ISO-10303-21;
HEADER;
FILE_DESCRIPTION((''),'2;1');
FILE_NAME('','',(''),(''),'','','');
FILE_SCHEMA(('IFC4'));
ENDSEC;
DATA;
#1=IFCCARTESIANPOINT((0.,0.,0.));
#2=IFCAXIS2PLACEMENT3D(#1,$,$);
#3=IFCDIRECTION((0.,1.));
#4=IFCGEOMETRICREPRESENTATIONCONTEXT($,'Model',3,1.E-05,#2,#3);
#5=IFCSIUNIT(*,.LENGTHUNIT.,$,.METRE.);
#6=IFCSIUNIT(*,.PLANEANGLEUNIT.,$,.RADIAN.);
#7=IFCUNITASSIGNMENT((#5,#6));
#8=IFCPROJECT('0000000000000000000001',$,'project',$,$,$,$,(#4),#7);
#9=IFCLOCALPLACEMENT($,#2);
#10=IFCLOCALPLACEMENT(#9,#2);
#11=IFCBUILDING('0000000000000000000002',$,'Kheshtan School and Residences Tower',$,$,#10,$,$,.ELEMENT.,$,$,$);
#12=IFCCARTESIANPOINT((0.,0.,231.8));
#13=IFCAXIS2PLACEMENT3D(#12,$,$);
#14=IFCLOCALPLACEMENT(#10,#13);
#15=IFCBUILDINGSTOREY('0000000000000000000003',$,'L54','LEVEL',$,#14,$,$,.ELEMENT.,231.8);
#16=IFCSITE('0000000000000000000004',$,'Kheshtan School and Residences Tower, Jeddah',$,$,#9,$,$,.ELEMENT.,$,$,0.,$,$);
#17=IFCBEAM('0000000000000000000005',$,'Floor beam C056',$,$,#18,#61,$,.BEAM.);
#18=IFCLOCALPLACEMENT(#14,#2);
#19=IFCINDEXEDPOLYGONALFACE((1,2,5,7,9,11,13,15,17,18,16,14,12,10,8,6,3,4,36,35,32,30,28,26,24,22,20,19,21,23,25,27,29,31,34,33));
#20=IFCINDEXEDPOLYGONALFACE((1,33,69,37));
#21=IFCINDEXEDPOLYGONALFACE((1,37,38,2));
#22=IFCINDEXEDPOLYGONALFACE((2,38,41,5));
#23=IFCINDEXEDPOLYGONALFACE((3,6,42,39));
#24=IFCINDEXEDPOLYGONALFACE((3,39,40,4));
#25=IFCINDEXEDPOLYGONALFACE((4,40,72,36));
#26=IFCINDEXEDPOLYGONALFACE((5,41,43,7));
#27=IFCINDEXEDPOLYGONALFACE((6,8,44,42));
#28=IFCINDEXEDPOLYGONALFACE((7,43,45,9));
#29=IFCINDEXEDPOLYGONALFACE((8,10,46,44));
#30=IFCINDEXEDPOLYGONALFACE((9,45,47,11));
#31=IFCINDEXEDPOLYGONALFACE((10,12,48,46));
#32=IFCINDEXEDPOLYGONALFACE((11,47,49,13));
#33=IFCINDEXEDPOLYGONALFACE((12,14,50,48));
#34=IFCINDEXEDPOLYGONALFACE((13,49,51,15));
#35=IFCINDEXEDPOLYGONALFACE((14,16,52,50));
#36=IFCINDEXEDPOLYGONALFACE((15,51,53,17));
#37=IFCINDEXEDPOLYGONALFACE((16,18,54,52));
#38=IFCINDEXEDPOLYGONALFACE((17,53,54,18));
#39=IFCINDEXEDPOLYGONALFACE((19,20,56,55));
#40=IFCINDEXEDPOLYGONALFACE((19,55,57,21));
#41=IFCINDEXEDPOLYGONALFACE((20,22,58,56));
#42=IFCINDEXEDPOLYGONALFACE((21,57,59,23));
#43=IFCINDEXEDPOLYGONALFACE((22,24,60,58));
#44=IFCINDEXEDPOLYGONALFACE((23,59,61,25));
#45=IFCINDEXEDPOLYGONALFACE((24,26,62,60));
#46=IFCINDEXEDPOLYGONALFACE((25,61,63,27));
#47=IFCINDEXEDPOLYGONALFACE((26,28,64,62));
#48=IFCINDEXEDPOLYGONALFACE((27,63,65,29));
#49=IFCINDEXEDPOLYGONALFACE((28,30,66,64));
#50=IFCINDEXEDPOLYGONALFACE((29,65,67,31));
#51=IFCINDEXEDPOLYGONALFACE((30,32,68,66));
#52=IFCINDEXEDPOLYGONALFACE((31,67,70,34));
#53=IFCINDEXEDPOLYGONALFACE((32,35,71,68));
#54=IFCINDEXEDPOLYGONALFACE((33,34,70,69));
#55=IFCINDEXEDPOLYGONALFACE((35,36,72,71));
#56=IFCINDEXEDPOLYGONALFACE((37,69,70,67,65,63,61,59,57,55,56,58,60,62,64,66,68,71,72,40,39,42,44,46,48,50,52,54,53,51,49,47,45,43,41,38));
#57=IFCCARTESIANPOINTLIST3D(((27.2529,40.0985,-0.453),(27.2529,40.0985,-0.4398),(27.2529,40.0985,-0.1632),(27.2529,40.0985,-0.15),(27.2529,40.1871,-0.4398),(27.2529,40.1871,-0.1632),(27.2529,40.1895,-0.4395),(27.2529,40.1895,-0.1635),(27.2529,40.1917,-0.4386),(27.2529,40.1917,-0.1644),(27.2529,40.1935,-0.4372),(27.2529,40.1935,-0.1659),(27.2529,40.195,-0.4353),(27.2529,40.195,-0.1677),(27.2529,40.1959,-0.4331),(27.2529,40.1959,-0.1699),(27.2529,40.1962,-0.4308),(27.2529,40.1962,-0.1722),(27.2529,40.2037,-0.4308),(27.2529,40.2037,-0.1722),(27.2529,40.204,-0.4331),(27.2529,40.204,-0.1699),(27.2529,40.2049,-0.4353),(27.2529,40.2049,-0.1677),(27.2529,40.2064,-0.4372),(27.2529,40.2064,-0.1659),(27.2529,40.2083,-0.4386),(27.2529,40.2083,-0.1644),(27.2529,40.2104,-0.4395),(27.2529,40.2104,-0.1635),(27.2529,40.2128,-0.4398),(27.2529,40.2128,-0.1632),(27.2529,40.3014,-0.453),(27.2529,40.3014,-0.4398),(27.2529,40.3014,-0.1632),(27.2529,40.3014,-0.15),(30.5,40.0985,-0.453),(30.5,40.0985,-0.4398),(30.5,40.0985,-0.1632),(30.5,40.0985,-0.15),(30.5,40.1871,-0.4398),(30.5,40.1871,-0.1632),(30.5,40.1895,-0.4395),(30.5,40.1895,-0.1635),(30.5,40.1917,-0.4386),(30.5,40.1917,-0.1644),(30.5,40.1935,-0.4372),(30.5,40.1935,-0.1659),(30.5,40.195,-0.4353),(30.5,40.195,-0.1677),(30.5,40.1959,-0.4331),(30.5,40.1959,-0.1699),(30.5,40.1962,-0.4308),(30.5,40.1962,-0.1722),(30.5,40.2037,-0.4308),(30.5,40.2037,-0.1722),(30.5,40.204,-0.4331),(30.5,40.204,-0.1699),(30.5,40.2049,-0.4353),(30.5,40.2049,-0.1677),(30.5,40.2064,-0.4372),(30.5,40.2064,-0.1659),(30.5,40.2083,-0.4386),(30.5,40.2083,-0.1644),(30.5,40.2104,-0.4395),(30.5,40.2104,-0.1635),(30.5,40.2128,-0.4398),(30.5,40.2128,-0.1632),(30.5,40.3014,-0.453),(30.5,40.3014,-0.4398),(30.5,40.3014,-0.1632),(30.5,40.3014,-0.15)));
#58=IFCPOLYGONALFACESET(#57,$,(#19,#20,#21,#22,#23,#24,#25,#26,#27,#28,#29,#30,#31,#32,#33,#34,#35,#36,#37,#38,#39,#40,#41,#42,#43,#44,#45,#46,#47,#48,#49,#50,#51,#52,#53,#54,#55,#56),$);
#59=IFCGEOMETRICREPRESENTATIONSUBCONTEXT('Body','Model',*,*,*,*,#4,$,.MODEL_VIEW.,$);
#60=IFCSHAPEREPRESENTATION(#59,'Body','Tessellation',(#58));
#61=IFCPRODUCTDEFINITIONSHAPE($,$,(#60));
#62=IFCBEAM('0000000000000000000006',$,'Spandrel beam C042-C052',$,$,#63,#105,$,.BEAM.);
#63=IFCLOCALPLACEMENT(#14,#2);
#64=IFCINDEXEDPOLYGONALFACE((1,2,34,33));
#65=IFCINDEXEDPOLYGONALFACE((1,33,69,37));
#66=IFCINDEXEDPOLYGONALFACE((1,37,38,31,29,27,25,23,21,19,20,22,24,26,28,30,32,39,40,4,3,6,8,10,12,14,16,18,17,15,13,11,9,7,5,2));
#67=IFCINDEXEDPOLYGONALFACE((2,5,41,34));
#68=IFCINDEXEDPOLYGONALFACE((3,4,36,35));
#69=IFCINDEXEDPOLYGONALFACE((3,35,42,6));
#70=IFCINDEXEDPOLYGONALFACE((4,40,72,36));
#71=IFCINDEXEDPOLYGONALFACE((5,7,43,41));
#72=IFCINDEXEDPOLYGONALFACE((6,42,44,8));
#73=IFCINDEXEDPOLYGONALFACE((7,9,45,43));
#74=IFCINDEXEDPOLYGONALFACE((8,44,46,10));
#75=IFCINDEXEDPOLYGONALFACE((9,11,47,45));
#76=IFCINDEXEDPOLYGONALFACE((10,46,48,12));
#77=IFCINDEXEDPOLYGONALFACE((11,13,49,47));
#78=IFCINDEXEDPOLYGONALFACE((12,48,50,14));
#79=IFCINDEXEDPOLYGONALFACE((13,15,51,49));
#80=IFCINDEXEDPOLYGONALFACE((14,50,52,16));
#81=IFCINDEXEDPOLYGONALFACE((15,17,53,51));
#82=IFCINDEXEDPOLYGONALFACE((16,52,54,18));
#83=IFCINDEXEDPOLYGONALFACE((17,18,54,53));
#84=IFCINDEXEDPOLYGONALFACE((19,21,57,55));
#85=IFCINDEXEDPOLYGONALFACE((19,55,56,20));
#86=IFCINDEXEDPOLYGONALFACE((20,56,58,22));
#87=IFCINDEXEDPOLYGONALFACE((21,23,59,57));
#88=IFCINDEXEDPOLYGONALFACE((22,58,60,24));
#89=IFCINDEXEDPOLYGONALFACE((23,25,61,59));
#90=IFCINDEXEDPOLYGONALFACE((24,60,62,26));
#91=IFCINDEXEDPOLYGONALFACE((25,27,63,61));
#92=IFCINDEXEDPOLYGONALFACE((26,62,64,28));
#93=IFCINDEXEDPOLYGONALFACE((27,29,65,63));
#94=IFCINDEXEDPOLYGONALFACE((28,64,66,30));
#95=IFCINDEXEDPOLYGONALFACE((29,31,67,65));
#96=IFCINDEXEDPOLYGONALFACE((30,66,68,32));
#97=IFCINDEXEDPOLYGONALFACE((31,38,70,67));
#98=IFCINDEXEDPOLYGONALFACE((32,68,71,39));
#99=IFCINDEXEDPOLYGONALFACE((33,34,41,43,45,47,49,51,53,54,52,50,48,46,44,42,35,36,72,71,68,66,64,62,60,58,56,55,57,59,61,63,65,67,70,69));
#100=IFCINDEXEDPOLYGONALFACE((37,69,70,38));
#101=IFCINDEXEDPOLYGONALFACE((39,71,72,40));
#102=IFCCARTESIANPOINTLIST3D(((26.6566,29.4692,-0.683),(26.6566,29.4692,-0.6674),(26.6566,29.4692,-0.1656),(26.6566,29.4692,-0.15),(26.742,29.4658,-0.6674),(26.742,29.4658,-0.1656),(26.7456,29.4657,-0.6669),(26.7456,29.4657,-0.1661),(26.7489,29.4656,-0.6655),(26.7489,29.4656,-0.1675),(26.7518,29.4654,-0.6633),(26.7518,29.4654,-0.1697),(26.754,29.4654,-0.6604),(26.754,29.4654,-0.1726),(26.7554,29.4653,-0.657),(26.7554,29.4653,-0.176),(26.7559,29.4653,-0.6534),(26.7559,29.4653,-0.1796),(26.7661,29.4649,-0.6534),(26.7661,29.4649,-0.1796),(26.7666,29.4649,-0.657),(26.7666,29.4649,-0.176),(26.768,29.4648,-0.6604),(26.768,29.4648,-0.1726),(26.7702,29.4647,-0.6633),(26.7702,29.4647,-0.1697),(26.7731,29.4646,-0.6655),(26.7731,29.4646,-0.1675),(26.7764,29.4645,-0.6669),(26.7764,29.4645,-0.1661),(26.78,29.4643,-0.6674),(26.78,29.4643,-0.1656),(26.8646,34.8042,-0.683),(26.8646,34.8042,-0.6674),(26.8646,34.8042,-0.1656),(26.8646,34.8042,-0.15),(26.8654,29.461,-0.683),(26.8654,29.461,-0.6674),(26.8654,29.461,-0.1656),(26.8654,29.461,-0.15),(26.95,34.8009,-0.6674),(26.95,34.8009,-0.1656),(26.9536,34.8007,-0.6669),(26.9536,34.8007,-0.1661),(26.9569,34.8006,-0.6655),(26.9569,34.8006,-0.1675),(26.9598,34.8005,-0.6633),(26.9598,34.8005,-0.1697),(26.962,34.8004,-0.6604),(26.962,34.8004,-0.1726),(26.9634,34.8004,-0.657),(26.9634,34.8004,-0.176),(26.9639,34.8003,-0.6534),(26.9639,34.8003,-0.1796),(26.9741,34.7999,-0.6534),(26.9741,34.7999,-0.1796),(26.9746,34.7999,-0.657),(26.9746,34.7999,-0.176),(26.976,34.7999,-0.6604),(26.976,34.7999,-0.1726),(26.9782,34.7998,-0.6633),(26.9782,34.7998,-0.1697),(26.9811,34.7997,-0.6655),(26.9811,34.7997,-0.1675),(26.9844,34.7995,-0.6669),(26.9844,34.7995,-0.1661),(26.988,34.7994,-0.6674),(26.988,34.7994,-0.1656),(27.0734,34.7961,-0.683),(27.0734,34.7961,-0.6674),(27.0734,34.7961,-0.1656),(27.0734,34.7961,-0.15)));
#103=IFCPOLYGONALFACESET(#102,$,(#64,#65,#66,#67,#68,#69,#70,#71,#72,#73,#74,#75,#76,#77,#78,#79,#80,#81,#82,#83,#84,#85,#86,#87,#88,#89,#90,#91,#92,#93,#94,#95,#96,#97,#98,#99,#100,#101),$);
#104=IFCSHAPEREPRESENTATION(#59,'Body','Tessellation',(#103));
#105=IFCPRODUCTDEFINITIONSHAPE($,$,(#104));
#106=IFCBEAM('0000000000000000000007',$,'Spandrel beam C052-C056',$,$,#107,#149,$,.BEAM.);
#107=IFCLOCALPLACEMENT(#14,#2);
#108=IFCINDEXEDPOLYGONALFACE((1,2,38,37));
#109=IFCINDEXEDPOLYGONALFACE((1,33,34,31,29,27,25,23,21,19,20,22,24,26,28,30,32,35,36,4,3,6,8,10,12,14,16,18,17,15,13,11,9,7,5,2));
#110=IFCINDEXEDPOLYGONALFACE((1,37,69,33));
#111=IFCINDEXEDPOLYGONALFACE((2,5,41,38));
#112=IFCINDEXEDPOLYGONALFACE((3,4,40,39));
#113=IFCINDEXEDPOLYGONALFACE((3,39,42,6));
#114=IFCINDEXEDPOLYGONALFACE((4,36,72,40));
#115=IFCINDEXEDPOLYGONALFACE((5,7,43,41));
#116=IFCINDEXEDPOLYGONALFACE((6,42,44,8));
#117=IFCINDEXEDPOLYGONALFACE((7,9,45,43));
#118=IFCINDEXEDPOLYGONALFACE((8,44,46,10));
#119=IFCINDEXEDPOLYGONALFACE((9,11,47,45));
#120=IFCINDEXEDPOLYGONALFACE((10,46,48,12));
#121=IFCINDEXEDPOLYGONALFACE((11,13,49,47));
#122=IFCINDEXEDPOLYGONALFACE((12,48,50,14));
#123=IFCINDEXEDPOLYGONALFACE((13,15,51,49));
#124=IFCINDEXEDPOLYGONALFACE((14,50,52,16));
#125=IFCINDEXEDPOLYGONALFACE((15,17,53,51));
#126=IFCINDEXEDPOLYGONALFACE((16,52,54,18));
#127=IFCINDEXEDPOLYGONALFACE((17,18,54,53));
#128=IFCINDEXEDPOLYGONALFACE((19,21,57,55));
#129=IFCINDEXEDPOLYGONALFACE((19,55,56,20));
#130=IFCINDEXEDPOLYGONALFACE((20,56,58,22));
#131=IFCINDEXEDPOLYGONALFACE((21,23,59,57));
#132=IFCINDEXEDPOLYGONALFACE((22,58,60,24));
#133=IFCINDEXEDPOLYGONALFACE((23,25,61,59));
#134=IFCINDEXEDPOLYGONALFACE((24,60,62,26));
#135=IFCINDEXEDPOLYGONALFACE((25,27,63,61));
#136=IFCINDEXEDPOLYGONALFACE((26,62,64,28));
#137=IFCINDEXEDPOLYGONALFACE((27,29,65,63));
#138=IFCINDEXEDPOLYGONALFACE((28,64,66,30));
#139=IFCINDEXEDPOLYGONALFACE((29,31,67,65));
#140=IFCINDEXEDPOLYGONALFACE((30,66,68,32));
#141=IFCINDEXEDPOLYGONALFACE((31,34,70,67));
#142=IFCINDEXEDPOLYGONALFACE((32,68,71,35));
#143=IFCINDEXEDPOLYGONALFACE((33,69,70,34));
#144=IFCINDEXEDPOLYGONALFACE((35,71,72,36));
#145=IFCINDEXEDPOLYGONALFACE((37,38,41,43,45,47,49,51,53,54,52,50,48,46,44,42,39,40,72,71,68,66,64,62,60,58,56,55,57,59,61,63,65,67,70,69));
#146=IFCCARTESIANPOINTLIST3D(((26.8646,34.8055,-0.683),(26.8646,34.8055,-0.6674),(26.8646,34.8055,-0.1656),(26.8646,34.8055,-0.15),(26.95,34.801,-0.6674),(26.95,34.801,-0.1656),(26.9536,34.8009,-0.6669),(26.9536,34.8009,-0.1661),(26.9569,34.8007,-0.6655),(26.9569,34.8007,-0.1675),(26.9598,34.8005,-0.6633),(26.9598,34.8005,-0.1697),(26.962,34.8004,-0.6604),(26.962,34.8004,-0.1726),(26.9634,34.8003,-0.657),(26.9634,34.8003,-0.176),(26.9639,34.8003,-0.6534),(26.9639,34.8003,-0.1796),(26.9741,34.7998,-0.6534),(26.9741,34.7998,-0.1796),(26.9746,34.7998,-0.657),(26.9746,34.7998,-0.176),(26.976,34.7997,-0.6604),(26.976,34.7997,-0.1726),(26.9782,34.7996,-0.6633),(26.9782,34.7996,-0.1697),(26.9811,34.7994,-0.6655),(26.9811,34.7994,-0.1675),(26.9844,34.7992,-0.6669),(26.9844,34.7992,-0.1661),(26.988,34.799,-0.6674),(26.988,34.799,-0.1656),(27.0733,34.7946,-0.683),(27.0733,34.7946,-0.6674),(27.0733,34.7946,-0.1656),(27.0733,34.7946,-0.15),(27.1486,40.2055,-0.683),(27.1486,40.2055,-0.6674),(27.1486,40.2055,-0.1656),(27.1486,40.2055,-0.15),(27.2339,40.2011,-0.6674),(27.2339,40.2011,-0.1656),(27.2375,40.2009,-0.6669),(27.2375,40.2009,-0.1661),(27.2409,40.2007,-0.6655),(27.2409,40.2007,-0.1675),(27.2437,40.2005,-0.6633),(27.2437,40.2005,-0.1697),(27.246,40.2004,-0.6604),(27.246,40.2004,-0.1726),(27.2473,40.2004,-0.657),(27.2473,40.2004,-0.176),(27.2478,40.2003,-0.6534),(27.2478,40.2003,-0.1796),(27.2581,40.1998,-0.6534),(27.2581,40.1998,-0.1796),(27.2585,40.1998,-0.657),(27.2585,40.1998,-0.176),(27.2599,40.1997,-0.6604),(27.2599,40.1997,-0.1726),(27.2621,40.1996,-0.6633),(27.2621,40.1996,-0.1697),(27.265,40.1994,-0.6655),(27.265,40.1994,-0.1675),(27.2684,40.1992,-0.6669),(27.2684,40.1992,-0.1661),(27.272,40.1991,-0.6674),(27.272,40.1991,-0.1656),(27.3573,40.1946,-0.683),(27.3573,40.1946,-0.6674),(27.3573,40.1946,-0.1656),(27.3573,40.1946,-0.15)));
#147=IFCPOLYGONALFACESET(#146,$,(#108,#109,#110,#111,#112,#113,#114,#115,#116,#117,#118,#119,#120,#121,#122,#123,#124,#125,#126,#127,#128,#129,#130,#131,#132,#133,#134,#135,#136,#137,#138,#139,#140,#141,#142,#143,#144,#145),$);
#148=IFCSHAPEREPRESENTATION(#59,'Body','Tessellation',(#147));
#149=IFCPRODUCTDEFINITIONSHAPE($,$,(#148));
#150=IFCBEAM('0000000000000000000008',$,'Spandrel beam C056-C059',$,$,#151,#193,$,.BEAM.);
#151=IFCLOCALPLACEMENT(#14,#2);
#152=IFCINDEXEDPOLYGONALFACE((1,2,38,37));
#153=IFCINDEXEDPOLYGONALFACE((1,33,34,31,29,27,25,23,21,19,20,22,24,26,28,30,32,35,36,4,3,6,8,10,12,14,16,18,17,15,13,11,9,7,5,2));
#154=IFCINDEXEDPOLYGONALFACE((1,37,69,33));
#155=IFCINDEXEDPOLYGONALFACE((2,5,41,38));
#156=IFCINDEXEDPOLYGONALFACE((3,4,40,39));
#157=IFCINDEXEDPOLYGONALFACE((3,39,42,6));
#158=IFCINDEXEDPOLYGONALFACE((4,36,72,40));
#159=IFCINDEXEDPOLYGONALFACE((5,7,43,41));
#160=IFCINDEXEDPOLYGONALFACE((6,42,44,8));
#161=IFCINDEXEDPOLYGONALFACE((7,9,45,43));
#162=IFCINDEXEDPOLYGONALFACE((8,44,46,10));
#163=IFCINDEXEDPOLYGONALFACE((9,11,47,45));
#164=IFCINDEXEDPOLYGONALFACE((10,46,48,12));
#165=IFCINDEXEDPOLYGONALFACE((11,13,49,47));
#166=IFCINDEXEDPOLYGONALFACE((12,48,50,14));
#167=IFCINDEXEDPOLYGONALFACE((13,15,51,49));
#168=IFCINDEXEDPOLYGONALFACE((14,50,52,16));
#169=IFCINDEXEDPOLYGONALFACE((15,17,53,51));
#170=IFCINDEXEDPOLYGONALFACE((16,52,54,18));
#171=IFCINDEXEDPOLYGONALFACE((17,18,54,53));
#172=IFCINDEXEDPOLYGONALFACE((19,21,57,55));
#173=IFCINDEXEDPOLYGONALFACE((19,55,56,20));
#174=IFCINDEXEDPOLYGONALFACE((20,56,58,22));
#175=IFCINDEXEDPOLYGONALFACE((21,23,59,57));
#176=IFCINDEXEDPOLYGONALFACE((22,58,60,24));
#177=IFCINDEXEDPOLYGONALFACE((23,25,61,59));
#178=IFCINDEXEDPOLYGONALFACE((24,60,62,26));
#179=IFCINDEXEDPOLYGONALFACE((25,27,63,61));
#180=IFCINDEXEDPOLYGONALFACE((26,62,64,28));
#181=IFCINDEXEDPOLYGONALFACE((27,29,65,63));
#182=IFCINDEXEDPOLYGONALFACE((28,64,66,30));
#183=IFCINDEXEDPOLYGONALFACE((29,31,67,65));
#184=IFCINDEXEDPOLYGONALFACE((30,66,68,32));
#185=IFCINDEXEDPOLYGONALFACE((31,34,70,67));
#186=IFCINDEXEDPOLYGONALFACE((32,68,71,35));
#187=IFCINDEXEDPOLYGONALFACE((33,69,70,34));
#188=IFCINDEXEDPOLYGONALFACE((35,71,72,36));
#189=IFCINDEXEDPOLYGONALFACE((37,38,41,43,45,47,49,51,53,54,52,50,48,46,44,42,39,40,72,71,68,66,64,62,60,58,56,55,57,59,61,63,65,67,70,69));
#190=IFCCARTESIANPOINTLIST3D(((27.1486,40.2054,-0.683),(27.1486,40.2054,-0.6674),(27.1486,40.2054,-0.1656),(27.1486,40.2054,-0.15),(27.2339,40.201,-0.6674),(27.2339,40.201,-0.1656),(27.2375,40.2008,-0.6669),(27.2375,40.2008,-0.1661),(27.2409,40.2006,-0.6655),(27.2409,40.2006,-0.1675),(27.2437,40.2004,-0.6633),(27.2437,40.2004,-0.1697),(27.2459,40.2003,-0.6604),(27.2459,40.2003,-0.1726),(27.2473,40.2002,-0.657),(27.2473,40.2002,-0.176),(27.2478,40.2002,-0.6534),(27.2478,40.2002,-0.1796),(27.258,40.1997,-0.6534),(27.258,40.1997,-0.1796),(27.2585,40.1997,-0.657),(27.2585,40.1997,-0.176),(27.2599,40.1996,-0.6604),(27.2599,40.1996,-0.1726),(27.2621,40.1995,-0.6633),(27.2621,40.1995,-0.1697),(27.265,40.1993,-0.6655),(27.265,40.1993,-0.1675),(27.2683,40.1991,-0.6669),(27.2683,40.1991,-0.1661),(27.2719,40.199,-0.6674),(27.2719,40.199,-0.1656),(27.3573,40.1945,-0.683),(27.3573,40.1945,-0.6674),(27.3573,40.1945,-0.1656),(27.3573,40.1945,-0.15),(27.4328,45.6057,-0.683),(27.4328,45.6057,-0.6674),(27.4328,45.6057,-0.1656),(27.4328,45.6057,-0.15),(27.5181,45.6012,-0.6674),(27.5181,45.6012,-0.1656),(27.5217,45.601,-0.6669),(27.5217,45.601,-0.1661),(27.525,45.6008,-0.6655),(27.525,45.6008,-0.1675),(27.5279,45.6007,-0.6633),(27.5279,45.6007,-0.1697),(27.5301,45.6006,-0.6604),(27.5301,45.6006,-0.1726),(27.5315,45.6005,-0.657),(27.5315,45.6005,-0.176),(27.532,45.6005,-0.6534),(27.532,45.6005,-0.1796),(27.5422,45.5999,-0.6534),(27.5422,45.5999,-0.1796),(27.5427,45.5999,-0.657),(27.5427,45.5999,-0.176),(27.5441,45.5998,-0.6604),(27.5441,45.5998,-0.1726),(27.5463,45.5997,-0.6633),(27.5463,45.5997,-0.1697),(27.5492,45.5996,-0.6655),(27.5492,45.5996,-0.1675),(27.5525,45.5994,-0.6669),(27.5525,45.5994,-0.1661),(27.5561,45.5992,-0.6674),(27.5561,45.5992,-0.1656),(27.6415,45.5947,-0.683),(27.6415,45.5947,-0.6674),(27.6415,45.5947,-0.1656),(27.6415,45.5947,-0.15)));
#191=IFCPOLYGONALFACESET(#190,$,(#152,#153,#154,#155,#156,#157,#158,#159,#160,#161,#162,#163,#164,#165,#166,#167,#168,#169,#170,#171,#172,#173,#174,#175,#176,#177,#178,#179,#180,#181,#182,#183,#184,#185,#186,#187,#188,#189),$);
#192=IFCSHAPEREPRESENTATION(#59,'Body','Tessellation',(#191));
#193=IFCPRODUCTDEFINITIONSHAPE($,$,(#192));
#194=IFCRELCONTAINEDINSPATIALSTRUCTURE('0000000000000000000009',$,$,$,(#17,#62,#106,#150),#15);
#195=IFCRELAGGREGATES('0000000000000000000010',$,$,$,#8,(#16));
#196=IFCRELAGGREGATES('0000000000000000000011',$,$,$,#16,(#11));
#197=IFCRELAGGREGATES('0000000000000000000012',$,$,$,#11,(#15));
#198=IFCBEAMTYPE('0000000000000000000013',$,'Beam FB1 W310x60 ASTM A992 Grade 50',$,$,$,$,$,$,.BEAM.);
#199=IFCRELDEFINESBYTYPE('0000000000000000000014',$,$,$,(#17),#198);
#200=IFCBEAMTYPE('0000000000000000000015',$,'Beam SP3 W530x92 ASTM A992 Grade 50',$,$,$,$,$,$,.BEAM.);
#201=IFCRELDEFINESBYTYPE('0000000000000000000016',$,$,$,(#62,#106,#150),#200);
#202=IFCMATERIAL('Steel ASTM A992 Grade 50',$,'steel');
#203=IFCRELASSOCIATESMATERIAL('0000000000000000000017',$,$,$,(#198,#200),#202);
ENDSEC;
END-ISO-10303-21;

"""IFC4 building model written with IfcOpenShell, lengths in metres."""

from ifc_helpers import new_model, si_unit, direction, frame, origin, origin_2d, place, context, subcontext, project, spatial, i_section, extrude, material, material_profile, profile_set, type_object, element, save


model = new_model("IFC4")

# Units and contexts
model_context = context("Model", 3, precision=1e-05, world=origin(), true_north=direction((0.0, 1.0)))
body_context = subcontext(model_context, "Body", "Model", "MODEL_VIEW")
ifc_project = project(units=[si_unit("LENGTHUNIT", "METRE"), si_unit("PLANEANGLEUNIT", "RADIAN")], contexts=[model_context])

# Site, building, storey
site_placement = place(None, origin())
site = spatial("IfcSite", under=ifc_project, at=site_placement, Name="Kheshtan School and Residences Tower, Jeddah", CompositionType="ELEMENT", RefElevation=0.0)
building_placement = place(site_placement, origin())
building = spatial("IfcBuilding", under=site, at=building_placement, Name="Kheshtan School and Residences Tower", CompositionType="ELEMENT")
storey_placement = place(building_placement, frame((0.0, 0.0, 231.8)))
storey = spatial("IfcBuildingStorey", under=building, at=storey_placement, Name="L54", Description="LEVEL", CompositionType="ELEMENT", Elevation=231.8)

# Shared definitions
ifc_material_1 = material(Name="Steel ASTM A992 Grade 50", Category="steel")

# Beams
ifc_material_profile_1 = material_profile(ifc_material_1, i_section(OverallWidth=0.2029, OverallDepth=0.303, WebThickness=0.0076, FlangeThickness=0.0132, FilletRadius=0.009, at=origin_2d()), Name="W310x60")
ifc_profile_set_1 = profile_set([ifc_material_profile_1], Name="Steel ASTM A992 Grade 50")
beam_type_1 = type_object("IfcBeamType", Name="Beam FB1 W310x60 ASTM A992 Grade 50", PredefinedType="BEAM", material=ifc_profile_set_1)
beam_1_placement = place(storey_placement, frame((27.2529, 40.2, -0.3015), z_axis=(1.0, 0.0, 0.0), x_axis=(0.0, 1.0, 0.0)))
element("IfcBeam", 1, at=beam_1_placement, inside=storey, type_object=beam_type_1, Name="Floor beam C056", PredefinedType="BEAM", context=body_context, shape_type="SweptSolid", body=[
    extrude(i_section(OverallWidth=0.2029, OverallDepth=0.303, WebThickness=0.0076, FlangeThickness=0.0132, FilletRadius=0.009, at=origin_2d()), origin(), (0.0, 0.0, 1.0), 3.2471),
])
ifc_material_profile_2 = material_profile(ifc_material_1, i_section(OverallWidth=0.209, OverallDepth=0.533, WebThickness=0.0103, FlangeThickness=0.0156, FilletRadius=0.0139, at=origin_2d()), Name="W530x92")
ifc_profile_set_2 = profile_set([ifc_material_profile_2], Name="Steel ASTM A992 Grade 50")
beam_type_2 = type_object("IfcBeamType", Name="Beam SP3 W530x92 ASTM A992 Grade 50", PredefinedType="BEAM", material=ifc_profile_set_2)
beam_2_placement = place(storey_placement, frame((26.761, 29.4651, -0.4165), z_axis=(0.03896, 0.999241, 0.0), x_axis=(-0.999241, 0.03896, 0.0)))
element("IfcBeam", 2, at=beam_2_placement, inside=storey, type_object=beam_type_2, Name="Spandrel beam C042-C052", PredefinedType="BEAM", context=body_context, shape_type="SweptSolid", body=[
    extrude(i_section(OverallWidth=0.209, OverallDepth=0.533, WebThickness=0.0103, FlangeThickness=0.0156, FilletRadius=0.0139, at=origin_2d()), origin(), (0.0, 0.0, 1.0), 5.3391),
])
beam_3_placement = place(storey_placement, frame((26.969, 34.8, -0.4165), z_axis=(0.052509, 0.99862, 0.0), x_axis=(-0.99862, 0.052509, 0.0)))
element("IfcBeam", 3, at=beam_3_placement, inside=storey, type_object=beam_type_2, Name="Spandrel beam C052-C056", PredefinedType="BEAM", context=body_context, shape_type="SweptSolid", body=[
    extrude(i_section(OverallWidth=0.209, OverallDepth=0.533, WebThickness=0.0103, FlangeThickness=0.0156, FilletRadius=0.0139, at=origin_2d()), origin(), (0.0, 0.0, 1.0), 5.4075),
])
beam_4_placement = place(storey_placement, frame((27.2529, 40.2, -0.4165), z_axis=(0.052552, 0.998618, 0.0), x_axis=(-0.998618, 0.052552, 0.0)))
element("IfcBeam", 4, at=beam_4_placement, inside=storey, type_object=beam_type_2, Name="Spandrel beam C056-C059", PredefinedType="BEAM", context=body_context, shape_type="SweptSolid", body=[
    extrude(i_section(OverallWidth=0.209, OverallDepth=0.533, WebThickness=0.0103, FlangeThickness=0.0156, FilletRadius=0.0139, at=origin_2d()), origin(), (0.0, 0.0, 1.0), 5.4077),
])

save(model, "model.ifc")
